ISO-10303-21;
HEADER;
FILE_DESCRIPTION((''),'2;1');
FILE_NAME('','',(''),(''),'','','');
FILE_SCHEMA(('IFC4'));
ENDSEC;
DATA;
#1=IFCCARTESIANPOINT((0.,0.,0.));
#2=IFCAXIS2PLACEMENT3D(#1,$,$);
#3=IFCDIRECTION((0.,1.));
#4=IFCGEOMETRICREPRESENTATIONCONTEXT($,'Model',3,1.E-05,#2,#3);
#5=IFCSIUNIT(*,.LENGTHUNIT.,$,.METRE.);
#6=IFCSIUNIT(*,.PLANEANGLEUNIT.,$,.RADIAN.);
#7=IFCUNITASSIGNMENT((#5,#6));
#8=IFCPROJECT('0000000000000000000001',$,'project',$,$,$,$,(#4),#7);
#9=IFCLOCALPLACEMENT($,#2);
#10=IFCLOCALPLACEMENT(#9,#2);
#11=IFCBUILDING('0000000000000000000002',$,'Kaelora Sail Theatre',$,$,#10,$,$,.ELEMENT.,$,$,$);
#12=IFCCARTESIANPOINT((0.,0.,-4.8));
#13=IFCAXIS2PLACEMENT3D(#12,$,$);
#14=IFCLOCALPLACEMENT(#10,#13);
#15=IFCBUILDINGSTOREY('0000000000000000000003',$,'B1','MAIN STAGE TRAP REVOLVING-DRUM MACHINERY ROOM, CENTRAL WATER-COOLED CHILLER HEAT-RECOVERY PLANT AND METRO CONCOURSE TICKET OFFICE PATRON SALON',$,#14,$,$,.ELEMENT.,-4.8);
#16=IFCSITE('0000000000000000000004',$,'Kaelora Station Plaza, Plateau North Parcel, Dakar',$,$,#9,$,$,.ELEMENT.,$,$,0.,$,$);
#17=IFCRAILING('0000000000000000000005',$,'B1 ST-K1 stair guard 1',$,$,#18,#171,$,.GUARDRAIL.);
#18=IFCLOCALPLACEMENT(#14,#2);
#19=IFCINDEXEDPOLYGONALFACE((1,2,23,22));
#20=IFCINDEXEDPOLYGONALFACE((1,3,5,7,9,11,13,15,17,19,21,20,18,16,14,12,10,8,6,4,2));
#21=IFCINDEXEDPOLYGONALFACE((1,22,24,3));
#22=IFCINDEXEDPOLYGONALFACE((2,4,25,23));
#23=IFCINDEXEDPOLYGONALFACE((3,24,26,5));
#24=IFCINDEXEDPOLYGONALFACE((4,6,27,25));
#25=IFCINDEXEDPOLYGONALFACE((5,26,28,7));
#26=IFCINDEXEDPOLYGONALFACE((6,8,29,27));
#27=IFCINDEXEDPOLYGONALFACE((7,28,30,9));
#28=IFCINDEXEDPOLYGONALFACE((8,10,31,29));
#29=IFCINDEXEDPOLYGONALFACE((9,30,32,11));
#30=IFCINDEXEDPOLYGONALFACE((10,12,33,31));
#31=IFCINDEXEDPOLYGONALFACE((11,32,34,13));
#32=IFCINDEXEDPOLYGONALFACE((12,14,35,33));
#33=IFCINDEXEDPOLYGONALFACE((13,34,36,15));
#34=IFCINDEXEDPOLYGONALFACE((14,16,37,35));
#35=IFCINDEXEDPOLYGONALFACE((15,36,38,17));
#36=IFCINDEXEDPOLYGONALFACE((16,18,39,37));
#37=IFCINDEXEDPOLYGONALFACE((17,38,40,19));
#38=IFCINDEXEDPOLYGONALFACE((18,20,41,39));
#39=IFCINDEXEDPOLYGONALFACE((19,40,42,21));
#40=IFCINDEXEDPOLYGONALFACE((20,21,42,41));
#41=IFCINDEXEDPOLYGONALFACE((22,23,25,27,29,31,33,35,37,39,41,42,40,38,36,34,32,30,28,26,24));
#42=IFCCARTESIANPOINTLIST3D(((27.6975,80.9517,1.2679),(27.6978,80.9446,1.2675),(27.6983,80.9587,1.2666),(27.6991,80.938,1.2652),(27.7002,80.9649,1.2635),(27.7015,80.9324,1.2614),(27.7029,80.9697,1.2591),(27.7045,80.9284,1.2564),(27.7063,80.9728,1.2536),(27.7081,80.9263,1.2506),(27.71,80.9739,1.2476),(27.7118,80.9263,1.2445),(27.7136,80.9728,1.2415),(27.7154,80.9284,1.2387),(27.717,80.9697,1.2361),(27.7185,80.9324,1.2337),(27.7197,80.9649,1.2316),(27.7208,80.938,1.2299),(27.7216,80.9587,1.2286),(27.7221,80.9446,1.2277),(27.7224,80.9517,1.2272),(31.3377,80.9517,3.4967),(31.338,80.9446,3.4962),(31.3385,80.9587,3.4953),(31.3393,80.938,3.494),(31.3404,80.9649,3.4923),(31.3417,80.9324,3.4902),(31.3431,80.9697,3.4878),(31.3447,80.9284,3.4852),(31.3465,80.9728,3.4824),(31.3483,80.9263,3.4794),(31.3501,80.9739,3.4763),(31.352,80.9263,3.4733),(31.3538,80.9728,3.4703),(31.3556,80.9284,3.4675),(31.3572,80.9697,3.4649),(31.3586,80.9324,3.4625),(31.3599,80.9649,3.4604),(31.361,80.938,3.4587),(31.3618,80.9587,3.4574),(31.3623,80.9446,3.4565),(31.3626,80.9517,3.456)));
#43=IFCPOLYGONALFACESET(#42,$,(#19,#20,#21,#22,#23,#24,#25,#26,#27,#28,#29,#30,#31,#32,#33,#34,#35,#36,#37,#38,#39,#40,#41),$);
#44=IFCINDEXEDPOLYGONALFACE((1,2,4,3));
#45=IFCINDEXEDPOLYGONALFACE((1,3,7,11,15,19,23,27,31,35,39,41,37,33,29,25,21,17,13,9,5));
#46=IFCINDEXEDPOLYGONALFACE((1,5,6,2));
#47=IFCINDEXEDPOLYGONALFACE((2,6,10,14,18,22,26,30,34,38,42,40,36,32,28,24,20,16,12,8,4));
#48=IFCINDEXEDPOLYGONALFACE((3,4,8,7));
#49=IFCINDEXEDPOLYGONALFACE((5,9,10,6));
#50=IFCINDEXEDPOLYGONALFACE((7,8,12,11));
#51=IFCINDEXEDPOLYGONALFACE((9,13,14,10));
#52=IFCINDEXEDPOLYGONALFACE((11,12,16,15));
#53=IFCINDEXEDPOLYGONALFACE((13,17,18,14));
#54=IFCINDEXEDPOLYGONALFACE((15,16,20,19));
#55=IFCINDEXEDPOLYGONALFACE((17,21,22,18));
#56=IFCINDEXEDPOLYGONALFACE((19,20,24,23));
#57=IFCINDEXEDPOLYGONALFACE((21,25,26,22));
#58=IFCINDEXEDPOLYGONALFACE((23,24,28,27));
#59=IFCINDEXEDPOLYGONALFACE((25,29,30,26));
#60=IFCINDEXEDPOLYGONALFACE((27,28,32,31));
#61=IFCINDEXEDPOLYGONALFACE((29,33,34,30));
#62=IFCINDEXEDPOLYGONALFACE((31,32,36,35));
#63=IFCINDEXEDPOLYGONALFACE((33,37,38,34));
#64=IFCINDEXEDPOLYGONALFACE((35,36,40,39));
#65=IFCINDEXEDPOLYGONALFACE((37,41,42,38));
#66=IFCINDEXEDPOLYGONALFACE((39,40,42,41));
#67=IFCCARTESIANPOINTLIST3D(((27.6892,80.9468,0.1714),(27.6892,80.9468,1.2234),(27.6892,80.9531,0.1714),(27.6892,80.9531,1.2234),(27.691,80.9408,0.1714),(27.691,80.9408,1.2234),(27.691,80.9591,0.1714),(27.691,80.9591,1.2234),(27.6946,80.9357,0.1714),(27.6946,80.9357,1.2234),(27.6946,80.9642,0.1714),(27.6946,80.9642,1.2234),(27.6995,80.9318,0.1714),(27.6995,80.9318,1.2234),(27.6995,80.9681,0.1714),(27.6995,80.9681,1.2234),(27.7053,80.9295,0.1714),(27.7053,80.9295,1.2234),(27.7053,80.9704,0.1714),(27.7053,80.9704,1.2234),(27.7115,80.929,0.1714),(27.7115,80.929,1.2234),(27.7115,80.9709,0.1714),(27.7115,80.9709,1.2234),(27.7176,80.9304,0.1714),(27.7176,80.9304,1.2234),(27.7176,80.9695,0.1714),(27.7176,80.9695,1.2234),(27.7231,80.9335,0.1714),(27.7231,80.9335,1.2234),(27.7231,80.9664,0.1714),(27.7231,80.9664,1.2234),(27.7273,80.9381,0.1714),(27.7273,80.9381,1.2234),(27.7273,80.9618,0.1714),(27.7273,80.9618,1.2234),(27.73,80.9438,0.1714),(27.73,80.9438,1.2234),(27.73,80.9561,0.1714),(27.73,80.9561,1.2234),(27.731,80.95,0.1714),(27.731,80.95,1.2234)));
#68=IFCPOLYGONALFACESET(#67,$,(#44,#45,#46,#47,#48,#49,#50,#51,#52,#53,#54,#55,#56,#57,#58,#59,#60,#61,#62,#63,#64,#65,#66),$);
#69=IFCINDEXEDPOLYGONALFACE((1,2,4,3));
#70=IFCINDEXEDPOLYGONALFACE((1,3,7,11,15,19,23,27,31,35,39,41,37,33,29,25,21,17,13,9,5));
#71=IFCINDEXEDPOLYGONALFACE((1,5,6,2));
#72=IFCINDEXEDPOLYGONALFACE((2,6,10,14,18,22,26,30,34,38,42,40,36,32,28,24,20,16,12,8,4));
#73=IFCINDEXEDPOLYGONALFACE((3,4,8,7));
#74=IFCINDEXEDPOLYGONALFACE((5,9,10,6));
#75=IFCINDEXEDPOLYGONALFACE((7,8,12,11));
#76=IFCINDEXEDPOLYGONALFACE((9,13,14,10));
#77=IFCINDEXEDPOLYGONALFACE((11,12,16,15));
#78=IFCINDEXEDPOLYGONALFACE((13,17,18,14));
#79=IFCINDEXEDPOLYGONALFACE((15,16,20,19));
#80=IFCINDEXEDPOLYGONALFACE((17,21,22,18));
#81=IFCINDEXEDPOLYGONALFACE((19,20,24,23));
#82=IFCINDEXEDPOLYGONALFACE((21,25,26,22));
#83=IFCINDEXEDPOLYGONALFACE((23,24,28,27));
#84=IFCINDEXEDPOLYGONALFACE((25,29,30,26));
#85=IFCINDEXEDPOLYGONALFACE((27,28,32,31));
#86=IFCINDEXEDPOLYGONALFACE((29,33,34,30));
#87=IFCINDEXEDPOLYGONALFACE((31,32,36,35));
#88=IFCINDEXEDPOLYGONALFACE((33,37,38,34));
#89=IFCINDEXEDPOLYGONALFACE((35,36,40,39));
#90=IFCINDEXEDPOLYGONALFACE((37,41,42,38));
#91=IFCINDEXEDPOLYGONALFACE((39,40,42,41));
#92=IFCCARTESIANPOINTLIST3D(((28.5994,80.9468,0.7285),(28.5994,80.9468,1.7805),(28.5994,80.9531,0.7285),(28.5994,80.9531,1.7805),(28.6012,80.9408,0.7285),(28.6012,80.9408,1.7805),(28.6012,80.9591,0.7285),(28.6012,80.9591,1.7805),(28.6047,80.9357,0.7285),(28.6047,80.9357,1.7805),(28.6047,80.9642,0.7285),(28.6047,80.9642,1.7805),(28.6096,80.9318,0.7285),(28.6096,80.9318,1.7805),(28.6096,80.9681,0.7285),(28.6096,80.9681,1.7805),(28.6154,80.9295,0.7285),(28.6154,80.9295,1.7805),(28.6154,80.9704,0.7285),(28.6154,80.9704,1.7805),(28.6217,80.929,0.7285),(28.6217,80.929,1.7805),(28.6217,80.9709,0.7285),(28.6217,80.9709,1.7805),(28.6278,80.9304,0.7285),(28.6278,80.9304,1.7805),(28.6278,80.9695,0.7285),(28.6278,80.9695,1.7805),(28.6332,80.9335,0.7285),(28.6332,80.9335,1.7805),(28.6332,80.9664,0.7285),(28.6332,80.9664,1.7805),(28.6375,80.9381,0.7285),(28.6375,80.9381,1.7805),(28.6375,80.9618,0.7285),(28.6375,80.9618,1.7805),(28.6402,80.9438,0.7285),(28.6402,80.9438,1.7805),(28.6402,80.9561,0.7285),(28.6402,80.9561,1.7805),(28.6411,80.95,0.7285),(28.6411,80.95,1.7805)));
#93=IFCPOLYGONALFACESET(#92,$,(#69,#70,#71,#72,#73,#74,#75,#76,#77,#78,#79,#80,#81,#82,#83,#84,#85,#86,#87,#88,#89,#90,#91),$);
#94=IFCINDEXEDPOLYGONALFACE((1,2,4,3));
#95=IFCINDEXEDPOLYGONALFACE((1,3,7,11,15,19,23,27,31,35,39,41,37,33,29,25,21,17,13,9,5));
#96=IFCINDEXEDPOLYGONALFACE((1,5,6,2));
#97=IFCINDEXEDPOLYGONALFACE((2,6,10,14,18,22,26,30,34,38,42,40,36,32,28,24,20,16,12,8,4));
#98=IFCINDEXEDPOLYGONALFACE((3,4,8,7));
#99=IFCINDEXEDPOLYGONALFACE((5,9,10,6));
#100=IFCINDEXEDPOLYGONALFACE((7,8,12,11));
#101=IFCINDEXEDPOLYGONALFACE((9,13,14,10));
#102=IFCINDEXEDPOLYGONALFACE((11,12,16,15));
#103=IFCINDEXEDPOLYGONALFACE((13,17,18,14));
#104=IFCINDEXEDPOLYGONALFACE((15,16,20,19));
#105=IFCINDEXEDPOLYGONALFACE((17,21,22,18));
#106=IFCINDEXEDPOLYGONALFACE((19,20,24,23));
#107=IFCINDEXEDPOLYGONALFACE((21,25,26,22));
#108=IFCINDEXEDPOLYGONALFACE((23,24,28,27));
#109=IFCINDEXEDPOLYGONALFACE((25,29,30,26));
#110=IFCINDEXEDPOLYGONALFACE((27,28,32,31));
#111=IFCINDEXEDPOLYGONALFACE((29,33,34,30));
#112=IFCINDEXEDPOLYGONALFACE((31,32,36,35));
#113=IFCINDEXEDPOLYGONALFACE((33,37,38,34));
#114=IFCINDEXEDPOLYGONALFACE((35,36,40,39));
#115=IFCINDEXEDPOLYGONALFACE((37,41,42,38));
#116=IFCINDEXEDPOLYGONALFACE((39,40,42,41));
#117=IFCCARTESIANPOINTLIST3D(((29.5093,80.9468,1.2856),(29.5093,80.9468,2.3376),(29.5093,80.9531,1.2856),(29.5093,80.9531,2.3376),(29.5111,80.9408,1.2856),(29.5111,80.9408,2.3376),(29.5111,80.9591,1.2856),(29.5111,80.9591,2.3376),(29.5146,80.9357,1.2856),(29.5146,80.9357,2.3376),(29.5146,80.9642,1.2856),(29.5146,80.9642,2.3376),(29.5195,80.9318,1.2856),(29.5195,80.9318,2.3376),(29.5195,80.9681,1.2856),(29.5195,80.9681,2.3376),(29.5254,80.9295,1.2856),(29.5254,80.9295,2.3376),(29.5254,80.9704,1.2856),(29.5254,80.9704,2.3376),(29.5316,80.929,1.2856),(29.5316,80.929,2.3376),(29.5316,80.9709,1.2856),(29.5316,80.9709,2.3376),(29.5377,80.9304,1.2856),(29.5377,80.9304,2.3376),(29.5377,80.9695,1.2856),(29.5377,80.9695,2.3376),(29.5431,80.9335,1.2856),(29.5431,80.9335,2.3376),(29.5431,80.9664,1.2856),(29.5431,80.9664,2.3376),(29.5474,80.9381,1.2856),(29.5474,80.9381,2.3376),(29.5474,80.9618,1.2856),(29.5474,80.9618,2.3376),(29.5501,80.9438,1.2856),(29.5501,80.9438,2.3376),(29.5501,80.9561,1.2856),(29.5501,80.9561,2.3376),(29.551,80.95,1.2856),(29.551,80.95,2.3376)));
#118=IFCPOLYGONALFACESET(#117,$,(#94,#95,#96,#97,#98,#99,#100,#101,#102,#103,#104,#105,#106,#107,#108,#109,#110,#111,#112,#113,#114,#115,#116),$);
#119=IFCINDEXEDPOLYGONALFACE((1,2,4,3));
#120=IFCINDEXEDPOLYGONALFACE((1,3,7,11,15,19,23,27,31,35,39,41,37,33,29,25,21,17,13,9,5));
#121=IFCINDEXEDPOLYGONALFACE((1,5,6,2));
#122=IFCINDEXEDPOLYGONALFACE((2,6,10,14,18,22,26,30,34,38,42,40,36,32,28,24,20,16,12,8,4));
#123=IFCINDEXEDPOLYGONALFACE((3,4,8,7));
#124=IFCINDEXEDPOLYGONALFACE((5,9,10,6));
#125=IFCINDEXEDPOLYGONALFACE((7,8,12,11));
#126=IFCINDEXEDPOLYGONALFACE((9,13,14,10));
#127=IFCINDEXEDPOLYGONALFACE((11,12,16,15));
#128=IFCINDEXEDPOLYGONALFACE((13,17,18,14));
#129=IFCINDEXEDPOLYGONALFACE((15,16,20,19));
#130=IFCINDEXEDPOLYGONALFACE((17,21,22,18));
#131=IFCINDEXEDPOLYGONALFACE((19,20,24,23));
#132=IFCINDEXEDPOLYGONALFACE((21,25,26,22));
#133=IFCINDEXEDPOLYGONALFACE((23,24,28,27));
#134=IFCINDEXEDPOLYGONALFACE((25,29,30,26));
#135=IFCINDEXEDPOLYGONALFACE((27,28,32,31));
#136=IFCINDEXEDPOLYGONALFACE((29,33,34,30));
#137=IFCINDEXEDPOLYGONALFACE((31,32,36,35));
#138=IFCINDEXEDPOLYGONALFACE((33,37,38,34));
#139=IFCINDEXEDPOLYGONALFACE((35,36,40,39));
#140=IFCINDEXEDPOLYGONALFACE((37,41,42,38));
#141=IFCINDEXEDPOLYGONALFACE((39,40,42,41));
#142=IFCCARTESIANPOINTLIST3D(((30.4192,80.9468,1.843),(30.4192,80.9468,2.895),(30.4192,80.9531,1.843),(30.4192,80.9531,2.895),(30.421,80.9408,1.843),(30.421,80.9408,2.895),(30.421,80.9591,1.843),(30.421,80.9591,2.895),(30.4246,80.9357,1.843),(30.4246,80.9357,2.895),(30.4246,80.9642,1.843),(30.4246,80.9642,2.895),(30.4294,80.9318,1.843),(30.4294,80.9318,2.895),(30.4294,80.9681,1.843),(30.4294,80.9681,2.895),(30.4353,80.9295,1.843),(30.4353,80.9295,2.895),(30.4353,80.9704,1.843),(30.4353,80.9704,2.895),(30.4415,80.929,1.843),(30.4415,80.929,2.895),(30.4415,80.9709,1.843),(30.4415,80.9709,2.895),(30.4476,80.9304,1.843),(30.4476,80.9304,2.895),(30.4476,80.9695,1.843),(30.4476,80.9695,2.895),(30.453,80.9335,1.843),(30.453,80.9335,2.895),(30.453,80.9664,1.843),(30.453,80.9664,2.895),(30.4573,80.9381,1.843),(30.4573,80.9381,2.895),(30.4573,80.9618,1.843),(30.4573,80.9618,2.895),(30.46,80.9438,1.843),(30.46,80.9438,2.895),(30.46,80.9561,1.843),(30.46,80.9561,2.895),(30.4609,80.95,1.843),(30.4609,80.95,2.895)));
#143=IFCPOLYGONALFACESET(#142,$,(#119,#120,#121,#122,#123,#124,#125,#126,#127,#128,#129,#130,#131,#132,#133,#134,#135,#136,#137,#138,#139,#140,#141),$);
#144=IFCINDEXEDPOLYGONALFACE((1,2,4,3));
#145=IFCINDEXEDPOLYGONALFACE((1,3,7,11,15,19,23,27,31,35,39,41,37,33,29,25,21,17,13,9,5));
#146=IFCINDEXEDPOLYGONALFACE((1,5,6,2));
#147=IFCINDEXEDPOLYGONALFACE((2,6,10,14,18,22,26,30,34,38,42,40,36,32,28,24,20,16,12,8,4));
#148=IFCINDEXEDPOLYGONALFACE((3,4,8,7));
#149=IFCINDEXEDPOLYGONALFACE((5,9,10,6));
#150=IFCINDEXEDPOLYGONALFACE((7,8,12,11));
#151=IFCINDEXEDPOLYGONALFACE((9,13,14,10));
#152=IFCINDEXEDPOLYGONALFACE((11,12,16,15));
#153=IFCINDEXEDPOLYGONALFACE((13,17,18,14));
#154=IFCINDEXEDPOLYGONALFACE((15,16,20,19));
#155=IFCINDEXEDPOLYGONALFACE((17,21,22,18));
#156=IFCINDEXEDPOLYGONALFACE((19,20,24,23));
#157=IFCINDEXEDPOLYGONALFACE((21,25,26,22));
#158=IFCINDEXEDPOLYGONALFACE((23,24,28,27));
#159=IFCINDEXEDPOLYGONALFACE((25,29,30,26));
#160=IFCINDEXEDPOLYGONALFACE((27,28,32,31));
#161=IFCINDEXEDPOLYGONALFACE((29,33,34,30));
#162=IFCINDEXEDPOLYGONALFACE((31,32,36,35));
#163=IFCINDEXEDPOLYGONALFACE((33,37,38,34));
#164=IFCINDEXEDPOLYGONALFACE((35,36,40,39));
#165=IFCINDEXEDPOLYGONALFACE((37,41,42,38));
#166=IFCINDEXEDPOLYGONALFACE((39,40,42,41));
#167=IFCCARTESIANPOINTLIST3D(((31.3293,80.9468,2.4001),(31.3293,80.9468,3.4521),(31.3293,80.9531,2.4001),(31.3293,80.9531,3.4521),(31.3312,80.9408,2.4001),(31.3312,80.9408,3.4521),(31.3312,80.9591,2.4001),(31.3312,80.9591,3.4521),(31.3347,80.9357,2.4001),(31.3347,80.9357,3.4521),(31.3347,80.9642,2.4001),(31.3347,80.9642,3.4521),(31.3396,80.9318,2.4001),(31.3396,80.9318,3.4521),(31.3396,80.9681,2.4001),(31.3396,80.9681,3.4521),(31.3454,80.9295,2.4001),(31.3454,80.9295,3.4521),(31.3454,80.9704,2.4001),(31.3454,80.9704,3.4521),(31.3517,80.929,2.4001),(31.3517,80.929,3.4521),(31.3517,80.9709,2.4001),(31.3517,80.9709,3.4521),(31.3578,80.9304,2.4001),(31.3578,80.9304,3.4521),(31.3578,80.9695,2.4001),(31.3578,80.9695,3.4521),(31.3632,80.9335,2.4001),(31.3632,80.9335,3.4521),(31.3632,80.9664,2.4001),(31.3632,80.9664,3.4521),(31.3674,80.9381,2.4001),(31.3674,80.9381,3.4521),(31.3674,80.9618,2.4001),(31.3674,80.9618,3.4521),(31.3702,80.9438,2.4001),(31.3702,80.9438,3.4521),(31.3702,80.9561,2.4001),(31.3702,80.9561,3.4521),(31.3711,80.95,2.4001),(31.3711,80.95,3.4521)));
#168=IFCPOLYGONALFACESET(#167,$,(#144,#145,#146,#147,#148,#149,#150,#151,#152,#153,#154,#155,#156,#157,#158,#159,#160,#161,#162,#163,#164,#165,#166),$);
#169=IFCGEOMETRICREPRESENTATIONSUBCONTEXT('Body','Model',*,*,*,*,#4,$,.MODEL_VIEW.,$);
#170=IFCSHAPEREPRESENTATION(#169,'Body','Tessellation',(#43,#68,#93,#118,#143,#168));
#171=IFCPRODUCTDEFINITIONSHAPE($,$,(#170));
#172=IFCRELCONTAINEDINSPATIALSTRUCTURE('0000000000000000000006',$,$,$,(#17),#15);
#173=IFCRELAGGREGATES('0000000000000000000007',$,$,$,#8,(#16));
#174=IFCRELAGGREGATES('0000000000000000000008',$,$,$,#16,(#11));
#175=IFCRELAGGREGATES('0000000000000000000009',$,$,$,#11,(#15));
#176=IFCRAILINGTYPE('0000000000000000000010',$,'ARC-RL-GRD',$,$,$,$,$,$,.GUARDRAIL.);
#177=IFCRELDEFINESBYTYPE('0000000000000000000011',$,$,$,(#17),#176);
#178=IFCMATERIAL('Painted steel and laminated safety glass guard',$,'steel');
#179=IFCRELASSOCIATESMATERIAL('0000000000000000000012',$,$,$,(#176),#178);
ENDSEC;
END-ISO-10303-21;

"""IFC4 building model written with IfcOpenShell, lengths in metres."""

from ifc_helpers import new_model, si_unit, direction, frame, origin, origin_2d, place, context, subcontext, project, spatial, circle, extrude, material, type_object, element, save


model = new_model("IFC4")

# Units and contexts
model_context = context("Model", 3, precision=1e-05, world=origin(), true_north=direction((0.0, 1.0)))
body_context = subcontext(model_context, "Body", "Model", "MODEL_VIEW")
ifc_project = project(units=[si_unit("LENGTHUNIT", "METRE"), si_unit("PLANEANGLEUNIT", "RADIAN")], contexts=[model_context])

# Site, building, storey
site_placement = place(None, origin())
site = spatial("IfcSite", under=ifc_project, at=site_placement, Name="Kaelora Station Plaza, Plateau North Parcel, Dakar", CompositionType="ELEMENT", RefElevation=0.0)
building_placement = place(site_placement, origin())
building = spatial("IfcBuilding", under=site, at=building_placement, Name="Kaelora Sail Theatre", CompositionType="ELEMENT")
storey_placement = place(building_placement, frame((0.0, 0.0, -4.8)))
storey = spatial("IfcBuildingStorey", under=building, at=storey_placement, Name="B1", Description="MAIN STAGE TRAP REVOLVING-DRUM MACHINERY ROOM, CENTRAL WATER-COOLED CHILLER HEAT-RECOVERY PLANT AND METRO CONCOURSE TICKET OFFICE PATRON SALON", CompositionType="ELEMENT", Elevation=-4.8)

# Railing
ifc_material_1 = material(Name="Painted steel and laminated safety glass guard", Category="steel")
railing_type_1 = type_object("IfcRailingType", Name="ARC-RL-GRD", PredefinedType="GUARDRAIL", material=ifc_material_1)
railing_1_placement = place(storey_placement, frame((27.71, 80.95, 0.1714)))
element("IfcRailing", 1, at=railing_1_placement, inside=storey, type_object=railing_type_1, Name="B1 ST-K1 stair guard 1", PredefinedType="GUARDRAIL", context=body_context, shape_type="SweptSolid", body=[
    extrude(circle(Radius=0.0239, at=origin_2d()), frame((0.0, 0.0, 1.0762), z_axis=(0.85284, 0.0, 0.522172), x_axis=(0.0, 1.0, 0.0)), (0.0, 0.0, 1.0), 4.2683),
    extrude(circle(Radius=0.021, at=origin_2d()), origin(), (0.0, 0.0, 1.0), 1.052),
    extrude(circle(Radius=0.021, at=origin_2d()), frame((0.9102, 0.0, 0.5571)), (0.0, 0.0, 1.0), 1.052),
    extrude(circle(Radius=0.021, at=origin_2d()), frame((1.8201, 0.0, 1.1143)), (0.0, 0.0, 1.0), 1.052),
    extrude(circle(Radius=0.021, at=origin_2d()), frame((2.73, 0.0, 1.6716)), (0.0, 0.0, 1.0), 1.052),
    extrude(circle(Radius=0.021, at=origin_2d()), frame((3.6401, 0.0, 2.2288)), (0.0, 0.0, 1.0), 1.052),
])

save(model, "model.ifc")
